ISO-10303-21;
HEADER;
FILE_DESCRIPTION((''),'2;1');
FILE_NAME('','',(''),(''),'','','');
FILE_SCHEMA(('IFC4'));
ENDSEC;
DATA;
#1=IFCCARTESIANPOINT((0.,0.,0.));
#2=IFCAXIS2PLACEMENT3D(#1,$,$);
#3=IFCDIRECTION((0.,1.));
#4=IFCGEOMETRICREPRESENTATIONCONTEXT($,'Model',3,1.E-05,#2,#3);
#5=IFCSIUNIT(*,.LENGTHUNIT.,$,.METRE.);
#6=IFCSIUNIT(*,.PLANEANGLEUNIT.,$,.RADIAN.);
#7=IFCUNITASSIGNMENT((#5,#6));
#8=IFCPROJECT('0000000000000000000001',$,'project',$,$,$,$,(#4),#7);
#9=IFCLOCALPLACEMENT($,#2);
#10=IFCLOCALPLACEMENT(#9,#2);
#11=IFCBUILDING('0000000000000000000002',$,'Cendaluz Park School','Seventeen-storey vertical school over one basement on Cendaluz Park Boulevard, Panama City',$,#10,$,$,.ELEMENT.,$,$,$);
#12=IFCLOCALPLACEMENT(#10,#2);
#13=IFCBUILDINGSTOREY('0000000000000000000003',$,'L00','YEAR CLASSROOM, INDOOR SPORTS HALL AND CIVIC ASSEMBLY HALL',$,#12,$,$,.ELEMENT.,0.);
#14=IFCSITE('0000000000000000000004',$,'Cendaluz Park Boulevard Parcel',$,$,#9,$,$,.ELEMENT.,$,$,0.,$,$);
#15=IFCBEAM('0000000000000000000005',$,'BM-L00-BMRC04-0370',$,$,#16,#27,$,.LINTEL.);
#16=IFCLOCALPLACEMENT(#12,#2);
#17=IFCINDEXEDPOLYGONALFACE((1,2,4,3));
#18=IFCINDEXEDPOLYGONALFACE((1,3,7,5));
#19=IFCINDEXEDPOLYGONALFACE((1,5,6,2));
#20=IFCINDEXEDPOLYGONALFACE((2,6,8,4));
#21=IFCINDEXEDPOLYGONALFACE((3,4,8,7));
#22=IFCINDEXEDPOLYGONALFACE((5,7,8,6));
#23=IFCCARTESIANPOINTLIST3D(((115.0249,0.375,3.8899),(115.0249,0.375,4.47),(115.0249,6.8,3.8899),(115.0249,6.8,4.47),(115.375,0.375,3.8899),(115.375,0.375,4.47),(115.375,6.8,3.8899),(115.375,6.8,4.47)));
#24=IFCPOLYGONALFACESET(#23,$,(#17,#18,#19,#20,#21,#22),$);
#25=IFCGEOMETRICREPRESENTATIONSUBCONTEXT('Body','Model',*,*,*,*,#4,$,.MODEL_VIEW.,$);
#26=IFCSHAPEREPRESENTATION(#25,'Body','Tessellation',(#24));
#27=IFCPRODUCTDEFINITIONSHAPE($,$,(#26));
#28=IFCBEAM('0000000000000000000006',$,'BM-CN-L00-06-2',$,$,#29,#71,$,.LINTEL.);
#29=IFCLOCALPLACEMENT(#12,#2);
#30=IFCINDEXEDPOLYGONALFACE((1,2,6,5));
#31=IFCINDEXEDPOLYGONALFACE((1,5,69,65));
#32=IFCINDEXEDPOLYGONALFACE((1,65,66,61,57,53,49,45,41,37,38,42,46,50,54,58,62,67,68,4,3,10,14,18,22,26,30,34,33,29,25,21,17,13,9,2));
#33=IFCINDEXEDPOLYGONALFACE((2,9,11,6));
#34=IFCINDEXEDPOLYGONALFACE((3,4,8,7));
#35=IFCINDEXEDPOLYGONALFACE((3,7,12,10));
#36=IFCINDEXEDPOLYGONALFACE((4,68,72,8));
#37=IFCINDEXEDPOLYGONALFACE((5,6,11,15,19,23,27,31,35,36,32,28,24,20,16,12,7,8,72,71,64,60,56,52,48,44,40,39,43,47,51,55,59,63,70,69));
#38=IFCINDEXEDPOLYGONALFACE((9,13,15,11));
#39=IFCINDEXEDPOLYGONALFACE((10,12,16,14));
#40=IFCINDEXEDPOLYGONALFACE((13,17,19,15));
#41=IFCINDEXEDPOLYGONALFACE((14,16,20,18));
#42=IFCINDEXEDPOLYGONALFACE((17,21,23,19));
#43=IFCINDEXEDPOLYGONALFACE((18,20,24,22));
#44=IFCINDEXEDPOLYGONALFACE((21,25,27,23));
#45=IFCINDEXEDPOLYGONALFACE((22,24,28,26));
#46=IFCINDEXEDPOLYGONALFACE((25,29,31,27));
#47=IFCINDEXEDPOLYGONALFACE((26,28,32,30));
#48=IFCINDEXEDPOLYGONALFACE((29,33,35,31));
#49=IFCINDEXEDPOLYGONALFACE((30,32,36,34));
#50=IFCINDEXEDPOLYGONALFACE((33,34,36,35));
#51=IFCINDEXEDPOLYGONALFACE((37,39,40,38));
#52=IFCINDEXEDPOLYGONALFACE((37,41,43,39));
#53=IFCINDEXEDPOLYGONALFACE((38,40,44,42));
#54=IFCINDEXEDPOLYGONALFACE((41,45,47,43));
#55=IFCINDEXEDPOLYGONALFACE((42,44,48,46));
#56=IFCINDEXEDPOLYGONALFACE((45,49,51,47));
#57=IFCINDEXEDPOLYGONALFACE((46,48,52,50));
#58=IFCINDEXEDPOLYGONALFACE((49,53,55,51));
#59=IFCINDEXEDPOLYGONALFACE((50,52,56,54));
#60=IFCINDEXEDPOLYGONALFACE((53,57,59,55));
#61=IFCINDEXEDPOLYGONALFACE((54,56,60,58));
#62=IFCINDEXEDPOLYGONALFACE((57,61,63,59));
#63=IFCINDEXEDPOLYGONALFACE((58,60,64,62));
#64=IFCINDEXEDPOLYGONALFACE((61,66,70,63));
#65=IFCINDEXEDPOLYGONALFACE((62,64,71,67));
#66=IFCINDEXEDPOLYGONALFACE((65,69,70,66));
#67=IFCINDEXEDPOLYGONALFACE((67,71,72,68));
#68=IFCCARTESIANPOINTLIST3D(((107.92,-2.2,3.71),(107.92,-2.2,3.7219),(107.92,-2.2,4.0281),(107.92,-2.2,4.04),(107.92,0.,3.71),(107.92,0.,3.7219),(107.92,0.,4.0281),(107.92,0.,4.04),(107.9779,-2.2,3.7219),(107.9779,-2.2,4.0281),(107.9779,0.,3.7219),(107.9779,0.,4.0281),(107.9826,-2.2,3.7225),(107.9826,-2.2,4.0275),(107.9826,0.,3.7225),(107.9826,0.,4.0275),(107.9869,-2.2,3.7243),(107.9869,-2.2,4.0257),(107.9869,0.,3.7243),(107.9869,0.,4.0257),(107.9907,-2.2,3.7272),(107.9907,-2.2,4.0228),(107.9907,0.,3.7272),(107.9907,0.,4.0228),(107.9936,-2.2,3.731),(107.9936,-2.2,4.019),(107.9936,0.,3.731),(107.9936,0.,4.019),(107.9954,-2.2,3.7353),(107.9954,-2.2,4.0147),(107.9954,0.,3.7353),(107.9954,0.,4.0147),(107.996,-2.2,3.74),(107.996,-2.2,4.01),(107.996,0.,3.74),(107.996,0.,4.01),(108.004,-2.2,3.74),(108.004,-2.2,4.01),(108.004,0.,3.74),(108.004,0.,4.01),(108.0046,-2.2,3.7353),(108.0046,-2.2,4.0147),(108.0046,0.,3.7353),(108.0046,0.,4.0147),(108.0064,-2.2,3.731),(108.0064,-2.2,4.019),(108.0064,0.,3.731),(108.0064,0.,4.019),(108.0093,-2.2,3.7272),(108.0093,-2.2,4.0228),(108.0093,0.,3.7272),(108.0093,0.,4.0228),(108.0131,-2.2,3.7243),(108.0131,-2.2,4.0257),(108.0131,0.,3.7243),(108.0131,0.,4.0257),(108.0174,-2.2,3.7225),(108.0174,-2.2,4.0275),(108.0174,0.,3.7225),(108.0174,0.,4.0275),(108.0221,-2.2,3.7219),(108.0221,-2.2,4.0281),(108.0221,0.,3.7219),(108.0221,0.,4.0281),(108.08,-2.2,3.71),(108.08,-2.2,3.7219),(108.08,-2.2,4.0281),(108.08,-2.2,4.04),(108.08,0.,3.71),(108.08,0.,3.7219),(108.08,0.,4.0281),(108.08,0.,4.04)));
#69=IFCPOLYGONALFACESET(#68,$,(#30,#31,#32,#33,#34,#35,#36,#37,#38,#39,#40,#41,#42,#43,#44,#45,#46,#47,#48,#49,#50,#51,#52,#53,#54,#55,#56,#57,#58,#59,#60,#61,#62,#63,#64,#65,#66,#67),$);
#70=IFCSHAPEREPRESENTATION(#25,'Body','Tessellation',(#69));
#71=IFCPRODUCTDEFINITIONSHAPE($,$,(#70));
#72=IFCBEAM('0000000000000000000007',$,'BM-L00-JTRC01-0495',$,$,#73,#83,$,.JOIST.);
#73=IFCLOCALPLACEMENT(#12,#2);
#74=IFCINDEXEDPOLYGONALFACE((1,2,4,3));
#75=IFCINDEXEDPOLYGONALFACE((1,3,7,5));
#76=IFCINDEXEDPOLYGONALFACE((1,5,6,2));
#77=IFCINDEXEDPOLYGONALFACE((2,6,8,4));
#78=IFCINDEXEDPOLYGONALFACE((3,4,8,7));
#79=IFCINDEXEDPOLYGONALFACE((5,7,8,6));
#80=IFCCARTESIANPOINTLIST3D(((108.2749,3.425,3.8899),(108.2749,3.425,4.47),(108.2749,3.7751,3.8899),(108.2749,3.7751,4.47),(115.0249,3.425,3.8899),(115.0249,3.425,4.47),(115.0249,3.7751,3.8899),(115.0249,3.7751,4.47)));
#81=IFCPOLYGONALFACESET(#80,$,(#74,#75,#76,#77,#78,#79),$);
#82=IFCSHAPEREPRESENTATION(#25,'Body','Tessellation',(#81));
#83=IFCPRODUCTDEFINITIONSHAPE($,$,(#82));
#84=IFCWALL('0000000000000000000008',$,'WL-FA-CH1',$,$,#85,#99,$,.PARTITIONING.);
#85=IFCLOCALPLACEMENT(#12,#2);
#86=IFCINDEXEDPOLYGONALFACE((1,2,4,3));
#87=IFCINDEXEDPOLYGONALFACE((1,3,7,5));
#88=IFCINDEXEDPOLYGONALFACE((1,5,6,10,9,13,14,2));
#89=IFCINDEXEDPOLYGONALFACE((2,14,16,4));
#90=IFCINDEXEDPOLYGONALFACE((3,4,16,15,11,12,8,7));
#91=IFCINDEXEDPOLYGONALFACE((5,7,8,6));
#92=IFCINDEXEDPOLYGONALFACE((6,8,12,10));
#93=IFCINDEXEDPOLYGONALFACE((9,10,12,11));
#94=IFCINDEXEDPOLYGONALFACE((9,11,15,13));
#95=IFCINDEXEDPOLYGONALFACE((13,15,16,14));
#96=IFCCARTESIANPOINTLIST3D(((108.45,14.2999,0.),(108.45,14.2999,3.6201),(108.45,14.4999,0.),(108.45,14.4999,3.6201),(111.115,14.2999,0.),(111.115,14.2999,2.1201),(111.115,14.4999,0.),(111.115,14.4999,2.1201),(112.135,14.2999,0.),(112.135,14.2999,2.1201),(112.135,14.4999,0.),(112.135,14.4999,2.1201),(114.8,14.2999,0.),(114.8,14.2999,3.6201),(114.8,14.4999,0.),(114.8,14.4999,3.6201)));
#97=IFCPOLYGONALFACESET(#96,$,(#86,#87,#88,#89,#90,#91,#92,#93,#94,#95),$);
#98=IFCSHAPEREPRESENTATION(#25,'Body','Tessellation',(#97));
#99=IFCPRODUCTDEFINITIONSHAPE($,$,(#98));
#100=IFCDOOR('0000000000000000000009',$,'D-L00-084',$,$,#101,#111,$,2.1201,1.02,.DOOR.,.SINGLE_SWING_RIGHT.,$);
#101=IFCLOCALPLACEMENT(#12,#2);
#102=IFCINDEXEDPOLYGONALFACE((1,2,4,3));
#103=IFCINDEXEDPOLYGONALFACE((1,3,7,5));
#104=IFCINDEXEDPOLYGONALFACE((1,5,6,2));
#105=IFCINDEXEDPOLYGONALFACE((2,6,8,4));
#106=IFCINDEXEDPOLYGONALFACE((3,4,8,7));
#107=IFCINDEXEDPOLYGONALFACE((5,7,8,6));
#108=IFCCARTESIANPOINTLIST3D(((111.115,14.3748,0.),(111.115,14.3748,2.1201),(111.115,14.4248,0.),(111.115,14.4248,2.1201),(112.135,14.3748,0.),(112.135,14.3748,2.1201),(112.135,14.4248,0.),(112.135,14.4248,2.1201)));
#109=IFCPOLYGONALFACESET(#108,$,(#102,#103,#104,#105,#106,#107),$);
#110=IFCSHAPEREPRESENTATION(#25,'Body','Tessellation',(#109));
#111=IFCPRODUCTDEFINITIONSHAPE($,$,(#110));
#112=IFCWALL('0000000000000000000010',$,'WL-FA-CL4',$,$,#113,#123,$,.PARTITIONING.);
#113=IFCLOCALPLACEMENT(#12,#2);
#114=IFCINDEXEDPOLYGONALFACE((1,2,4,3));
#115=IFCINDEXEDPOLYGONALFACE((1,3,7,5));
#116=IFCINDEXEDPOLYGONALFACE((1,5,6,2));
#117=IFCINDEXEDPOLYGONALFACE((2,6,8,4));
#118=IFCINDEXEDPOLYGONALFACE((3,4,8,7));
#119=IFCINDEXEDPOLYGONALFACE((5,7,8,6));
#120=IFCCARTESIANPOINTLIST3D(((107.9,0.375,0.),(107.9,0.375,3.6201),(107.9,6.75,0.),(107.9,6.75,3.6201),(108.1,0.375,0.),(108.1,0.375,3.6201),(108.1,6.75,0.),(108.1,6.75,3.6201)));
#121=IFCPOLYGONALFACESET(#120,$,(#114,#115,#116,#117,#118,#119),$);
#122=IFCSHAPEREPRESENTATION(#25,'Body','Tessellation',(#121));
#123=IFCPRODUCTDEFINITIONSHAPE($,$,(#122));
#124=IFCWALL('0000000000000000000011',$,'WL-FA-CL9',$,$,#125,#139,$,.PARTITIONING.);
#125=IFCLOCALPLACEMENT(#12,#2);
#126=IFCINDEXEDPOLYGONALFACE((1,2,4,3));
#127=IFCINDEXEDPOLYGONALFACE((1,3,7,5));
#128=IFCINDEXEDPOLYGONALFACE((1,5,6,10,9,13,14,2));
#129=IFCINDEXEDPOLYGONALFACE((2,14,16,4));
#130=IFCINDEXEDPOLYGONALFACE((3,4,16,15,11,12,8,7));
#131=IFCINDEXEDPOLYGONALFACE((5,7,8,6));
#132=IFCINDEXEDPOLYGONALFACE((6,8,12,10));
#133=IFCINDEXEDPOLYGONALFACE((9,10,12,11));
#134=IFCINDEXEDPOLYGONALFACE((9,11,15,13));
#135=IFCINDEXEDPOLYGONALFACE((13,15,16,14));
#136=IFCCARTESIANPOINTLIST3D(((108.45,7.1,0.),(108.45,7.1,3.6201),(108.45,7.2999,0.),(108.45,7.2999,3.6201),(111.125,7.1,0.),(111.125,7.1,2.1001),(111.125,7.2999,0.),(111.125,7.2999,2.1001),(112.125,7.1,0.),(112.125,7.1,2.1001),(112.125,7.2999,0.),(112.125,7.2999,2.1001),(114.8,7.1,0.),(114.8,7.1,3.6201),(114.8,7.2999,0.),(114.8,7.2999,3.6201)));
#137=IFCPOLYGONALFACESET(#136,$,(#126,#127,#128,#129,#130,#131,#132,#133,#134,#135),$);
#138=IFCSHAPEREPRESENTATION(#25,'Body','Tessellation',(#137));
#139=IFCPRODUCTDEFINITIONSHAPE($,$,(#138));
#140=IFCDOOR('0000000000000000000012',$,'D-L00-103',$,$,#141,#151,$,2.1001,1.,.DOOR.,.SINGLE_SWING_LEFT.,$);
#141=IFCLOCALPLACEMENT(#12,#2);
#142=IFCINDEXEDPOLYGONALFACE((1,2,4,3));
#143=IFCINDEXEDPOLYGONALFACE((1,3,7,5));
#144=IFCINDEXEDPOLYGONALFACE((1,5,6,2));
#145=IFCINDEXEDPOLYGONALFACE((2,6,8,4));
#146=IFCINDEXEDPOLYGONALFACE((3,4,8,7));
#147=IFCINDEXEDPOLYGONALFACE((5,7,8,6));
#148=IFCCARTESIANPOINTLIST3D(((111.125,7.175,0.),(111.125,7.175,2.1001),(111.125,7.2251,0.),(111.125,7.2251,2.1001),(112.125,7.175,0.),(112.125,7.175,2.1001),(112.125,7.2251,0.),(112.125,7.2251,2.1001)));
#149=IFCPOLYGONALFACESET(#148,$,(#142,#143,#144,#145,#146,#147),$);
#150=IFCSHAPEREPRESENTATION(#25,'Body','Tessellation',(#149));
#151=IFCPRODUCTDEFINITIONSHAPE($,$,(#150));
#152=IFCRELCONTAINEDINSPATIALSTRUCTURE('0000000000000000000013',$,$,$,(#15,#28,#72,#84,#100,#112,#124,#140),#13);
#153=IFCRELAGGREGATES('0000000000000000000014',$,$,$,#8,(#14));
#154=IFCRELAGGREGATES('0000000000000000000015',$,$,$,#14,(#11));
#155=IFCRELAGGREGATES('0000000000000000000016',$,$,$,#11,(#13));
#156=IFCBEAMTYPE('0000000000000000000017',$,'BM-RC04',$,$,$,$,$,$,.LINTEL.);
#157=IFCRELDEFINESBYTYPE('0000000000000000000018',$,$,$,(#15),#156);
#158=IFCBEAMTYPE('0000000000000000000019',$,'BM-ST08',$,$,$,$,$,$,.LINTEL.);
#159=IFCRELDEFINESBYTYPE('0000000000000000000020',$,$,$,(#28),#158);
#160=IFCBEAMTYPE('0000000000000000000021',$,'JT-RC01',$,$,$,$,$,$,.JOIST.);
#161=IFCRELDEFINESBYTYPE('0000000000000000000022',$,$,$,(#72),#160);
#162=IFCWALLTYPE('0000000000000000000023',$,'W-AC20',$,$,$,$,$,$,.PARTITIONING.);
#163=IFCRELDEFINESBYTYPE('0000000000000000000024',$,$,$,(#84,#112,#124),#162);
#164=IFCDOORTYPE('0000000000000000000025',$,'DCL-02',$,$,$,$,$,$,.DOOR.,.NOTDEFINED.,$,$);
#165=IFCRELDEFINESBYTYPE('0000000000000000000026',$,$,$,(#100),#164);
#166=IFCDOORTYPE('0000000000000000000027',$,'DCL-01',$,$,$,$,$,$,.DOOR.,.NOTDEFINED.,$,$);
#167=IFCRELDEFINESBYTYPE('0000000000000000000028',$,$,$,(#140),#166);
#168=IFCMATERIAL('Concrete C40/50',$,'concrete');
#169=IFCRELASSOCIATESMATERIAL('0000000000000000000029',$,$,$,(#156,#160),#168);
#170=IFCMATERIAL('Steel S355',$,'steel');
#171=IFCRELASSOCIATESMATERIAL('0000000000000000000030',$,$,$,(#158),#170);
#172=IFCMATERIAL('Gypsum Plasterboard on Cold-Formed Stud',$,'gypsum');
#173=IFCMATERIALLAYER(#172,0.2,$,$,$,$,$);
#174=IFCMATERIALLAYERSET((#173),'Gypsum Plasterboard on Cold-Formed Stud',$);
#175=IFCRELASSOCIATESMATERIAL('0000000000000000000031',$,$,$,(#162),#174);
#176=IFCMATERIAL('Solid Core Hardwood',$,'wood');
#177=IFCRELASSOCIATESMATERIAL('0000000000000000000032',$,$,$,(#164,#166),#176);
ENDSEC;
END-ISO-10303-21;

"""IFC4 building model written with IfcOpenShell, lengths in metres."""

from ifc_helpers import new_model, si_unit, direction, frame, frame_2d, origin, origin_2d, place, context, subcontext, project, spatial, rectangle, i_section, extrude, material, layer, layer_set, material_profile, profile_set, type_object, element, fill, save


model = new_model("IFC4")

# Units and contexts
model_context = context("Model", 3, precision=1e-05, world=origin(), true_north=direction((0.0, 1.0)))
body_context = subcontext(model_context, "Body", "Model", "MODEL_VIEW")
ifc_project = project(units=[si_unit("LENGTHUNIT", "METRE"), si_unit("PLANEANGLEUNIT", "RADIAN")], contexts=[model_context])

# Site, building, storey
site_placement = place(None, origin())
site = spatial("IfcSite", under=ifc_project, at=site_placement, Name="Cendaluz Park Boulevard Parcel", CompositionType="ELEMENT", RefElevation=0.0)
building_placement = place(site_placement, origin())
building = spatial("IfcBuilding", under=site, at=building_placement, Name="Cendaluz Park School", Description="Seventeen-storey vertical school over one basement on Cendaluz Park Boulevard, Panama City", CompositionType="ELEMENT")
storey_placement = place(building_placement, origin())
storey = spatial("IfcBuildingStorey", under=building, at=storey_placement, Name="L00", Description="YEAR CLASSROOM, INDOOR SPORTS HALL AND CIVIC ASSEMBLY HALL", CompositionType="ELEMENT", Elevation=0.0)

# Shared definitions
ifc_material_1 = material(Name="Concrete C40/50", Category="concrete")

# Beams
ifc_material_profile_1 = material_profile(ifc_material_1, rectangle(XDim=0.3501, YDim=0.5801, at=origin_2d()), Name="RC 350x580", Category="concrete")
ifc_profile_set_1 = profile_set([ifc_material_profile_1], Name="Concrete C40/50")
beam_type_1 = type_object("IfcBeamType", Name="BM-RC04", PredefinedType="LINTEL", material=ifc_profile_set_1)
beam_1_placement = place(storey_placement, frame((115.2, 0.375, 4.1799), z_axis=(0.0, 1.0, 0.0), x_axis=(-1.0, 0.0, 0.0)))
element("IfcBeam", 1, at=beam_1_placement, inside=storey, type_object=beam_type_1, Name="BM-L00-BMRC04-0370", PredefinedType="LINTEL", context=body_context, shape_type="SweptSolid", body=[
    extrude(rectangle(XDim=0.3501, YDim=0.5801, at=origin_2d()), origin(), (0.0, 0.0, 1.0), 6.425),
])
ifc_material_2 = material(Name="Steel S355", Category="steel")
ifc_material_profile_2 = material_profile(ifc_material_2, i_section(OverallWidth=0.1599, OverallDepth=0.3301, WebThickness=0.0081, FlangeThickness=0.012, FilletRadius=0.0181, at=origin_2d()), Name="IPE 330", Category="steel")
ifc_profile_set_2 = profile_set([ifc_material_profile_2], Name="Steel S355")
beam_type_2 = type_object("IfcBeamType", Name="BM-ST08", PredefinedType="LINTEL", material=ifc_profile_set_2)
beam_2_placement = place(storey_placement, frame((108.0, 0.0, 3.875), z_axis=(0.0, -1.0, 0.0), x_axis=(1.0, 0.0, 0.0)))
element("IfcBeam", 2, at=beam_2_placement, inside=storey, type_object=beam_type_2, Name="BM-CN-L00-06-2", PredefinedType="LINTEL", context=body_context, shape_type="SweptSolid", body=[
    extrude(i_section(OverallWidth=0.1599, OverallDepth=0.3301, WebThickness=0.0081, FlangeThickness=0.012, FilletRadius=0.0181, at=origin_2d()), origin(), (0.0, 0.0, 1.0), 2.2),
])
ifc_material_profile_3 = material_profile(ifc_material_1, rectangle(XDim=0.3501, YDim=0.5801, at=origin_2d()), Name="RC 350x580", Category="concrete")
ifc_profile_set_3 = profile_set([ifc_material_profile_3], Name="Concrete C40/50")
beam_type_3 = type_object("IfcBeamType", Name="JT-RC01", PredefinedType="JOIST", material=ifc_profile_set_3)
beam_3_placement = place(storey_placement, frame((108.2749, 3.6001, 4.1799), z_axis=(1.0, 0.0, 0.0), x_axis=(0.0, 1.0, 0.0)))
element("IfcBeam", 3, at=beam_3_placement, inside=storey, type_object=beam_type_3, Name="BM-L00-JTRC01-0495", PredefinedType="JOIST", context=body_context, shape_type="SweptSolid", body=[
    extrude(rectangle(XDim=0.3501, YDim=0.5801, at=origin_2d()), origin(), (0.0, 0.0, 1.0), 6.75),
])

# Wall, opening, door
ifc_material_3 = material(Name="Gypsum Plasterboard on Cold-Formed Stud", Category="gypsum")
ifc_layer_1 = layer(ifc_material_3, 0.2)
ifc_layer_set_1 = layer_set([ifc_layer_1], Name="Gypsum Plasterboard on Cold-Formed Stud")
wall_type_1 = type_object("IfcWallType", Name="W-AC20", PredefinedType="PARTITIONING", material=ifc_layer_set_1)
wall_1_placement = place(storey_placement, frame((108.45, 14.3999, 0.0), z_axis=(0.0, 0.0, 1.0), x_axis=(1.0, 0.0, 0.0)))
wall_1 = element("IfcWall", 4, at=wall_1_placement, inside=storey, type_object=wall_type_1, Name="WL-FA-CH1", PredefinedType="PARTITIONING", context=body_context, shape_type="SweptSolid", body=[
    extrude(rectangle(XDim=6.3501, YDim=0.2, at=frame_2d((3.175, 0.0))), origin(), (0.0, 0.0, 1.0), 3.6201),
])
opening_1_placement = place(wall_1_placement, frame((2.665, 0.0, 0.0)))
opening_1 = element("IfcOpeningElement", 5, at=opening_1_placement, cuts=wall_1, PredefinedType="OPENING", context=body_context, shape_type="SweptSolid", body=[
    extrude(rectangle(XDim=1.02, YDim=2.1201, at=frame_2d((0.51, 1.0601))), frame((0.0, 0.1121, 0.0), z_axis=(0.0, -1.0, 0.0), x_axis=(1.0, 0.0, 0.0)), (0.0, 0.0, 1.0), 0.2239),
])
ifc_material_4 = material(Name="Solid Core Hardwood", Category="wood")
door_type_1 = type_object("IfcDoorType", Name="DCL-02", OperationType="NOTDEFINED", PredefinedType="DOOR", material=ifc_material_4)
door_1_placement = place(opening_1_placement, origin())
door_1 = element("IfcDoor", 6, at=door_1_placement, inside=storey, type_object=door_type_1, Name="D-L00-084", OperationType="SINGLE_SWING_RIGHT", OverallHeight=2.1201, OverallWidth=1.02, PredefinedType="DOOR", context=body_context, shape_type="SweptSolid", body=[
    extrude(rectangle(XDim=1.02, YDim=2.1201, at=frame_2d((0.51, 1.0601))), frame((0.0, 0.0249, 0.0), z_axis=(0.0, -1.0, 0.0), x_axis=(1.0, 0.0, 0.0)), (0.0, 0.0, 1.0), 0.05),
])
fill(opening_1, door_1)

# Wall
wall_2_placement = place(storey_placement, frame((108.0, 0.375, 0.0), z_axis=(0.0, 0.0, 1.0), x_axis=(0.0, 1.0, 0.0)))
element("IfcWall", 7, at=wall_2_placement, inside=storey, type_object=wall_type_1, Name="WL-FA-CL4", PredefinedType="PARTITIONING", context=body_context, shape_type="SweptSolid", body=[
    extrude(rectangle(XDim=6.375, YDim=0.2, at=frame_2d((3.1875, 0.0))), origin(), (0.0, 0.0, 1.0), 3.6201),
])

# Wall, opening, door
wall_3_placement = place(storey_placement, frame((108.45, 7.2, 0.0), z_axis=(0.0, 0.0, 1.0), x_axis=(1.0, 0.0, 0.0)))
wall_3 = element("IfcWall", 8, at=wall_3_placement, inside=storey, type_object=wall_type_1, Name="WL-FA-CL9", PredefinedType="PARTITIONING", context=body_context, shape_type="SweptSolid", body=[
    extrude(rectangle(XDim=6.3501, YDim=0.2, at=frame_2d((3.175, 0.0))), origin(), (0.0, 0.0, 1.0), 3.6201),
])
opening_2_placement = place(wall_3_placement, frame((2.675, 0.0, 0.0)))
opening_2 = element("IfcOpeningElement", 9, at=opening_2_placement, cuts=wall_3, PredefinedType="OPENING", context=body_context, shape_type="SweptSolid", body=[
    extrude(rectangle(XDim=1.0, YDim=2.1001, at=frame_2d((0.5, 1.05))), frame((0.0, 0.1121, 0.0), z_axis=(0.0, -1.0, 0.0), x_axis=(1.0, 0.0, 0.0)), (0.0, 0.0, 1.0), 0.2239),
])
door_type_2 = type_object("IfcDoorType", Name="DCL-01", OperationType="NOTDEFINED", PredefinedType="DOOR", material=ifc_material_4)
door_2_placement = place(opening_2_placement, frame((1.0, 0.0, 0.0), z_axis=(0.0, 0.0, 1.0), x_axis=(-1.0, 0.0, 0.0)))
door_2 = element("IfcDoor", 10, at=door_2_placement, inside=storey, type_object=door_type_2, Name="D-L00-103", OperationType="SINGLE_SWING_LEFT", OverallHeight=2.1001, OverallWidth=1.0, PredefinedType="DOOR", context=body_context, shape_type="SweptSolid", body=[
    extrude(rectangle(XDim=1.0, YDim=2.1001, at=frame_2d((0.5, 1.05))), frame((0.0, 0.0249, 0.0), z_axis=(0.0, -1.0, 0.0), x_axis=(1.0, 0.0, 0.0)), (0.0, 0.0, 1.0), 0.05),
])
fill(opening_2, door_2)

save(model, "model.ifc")
